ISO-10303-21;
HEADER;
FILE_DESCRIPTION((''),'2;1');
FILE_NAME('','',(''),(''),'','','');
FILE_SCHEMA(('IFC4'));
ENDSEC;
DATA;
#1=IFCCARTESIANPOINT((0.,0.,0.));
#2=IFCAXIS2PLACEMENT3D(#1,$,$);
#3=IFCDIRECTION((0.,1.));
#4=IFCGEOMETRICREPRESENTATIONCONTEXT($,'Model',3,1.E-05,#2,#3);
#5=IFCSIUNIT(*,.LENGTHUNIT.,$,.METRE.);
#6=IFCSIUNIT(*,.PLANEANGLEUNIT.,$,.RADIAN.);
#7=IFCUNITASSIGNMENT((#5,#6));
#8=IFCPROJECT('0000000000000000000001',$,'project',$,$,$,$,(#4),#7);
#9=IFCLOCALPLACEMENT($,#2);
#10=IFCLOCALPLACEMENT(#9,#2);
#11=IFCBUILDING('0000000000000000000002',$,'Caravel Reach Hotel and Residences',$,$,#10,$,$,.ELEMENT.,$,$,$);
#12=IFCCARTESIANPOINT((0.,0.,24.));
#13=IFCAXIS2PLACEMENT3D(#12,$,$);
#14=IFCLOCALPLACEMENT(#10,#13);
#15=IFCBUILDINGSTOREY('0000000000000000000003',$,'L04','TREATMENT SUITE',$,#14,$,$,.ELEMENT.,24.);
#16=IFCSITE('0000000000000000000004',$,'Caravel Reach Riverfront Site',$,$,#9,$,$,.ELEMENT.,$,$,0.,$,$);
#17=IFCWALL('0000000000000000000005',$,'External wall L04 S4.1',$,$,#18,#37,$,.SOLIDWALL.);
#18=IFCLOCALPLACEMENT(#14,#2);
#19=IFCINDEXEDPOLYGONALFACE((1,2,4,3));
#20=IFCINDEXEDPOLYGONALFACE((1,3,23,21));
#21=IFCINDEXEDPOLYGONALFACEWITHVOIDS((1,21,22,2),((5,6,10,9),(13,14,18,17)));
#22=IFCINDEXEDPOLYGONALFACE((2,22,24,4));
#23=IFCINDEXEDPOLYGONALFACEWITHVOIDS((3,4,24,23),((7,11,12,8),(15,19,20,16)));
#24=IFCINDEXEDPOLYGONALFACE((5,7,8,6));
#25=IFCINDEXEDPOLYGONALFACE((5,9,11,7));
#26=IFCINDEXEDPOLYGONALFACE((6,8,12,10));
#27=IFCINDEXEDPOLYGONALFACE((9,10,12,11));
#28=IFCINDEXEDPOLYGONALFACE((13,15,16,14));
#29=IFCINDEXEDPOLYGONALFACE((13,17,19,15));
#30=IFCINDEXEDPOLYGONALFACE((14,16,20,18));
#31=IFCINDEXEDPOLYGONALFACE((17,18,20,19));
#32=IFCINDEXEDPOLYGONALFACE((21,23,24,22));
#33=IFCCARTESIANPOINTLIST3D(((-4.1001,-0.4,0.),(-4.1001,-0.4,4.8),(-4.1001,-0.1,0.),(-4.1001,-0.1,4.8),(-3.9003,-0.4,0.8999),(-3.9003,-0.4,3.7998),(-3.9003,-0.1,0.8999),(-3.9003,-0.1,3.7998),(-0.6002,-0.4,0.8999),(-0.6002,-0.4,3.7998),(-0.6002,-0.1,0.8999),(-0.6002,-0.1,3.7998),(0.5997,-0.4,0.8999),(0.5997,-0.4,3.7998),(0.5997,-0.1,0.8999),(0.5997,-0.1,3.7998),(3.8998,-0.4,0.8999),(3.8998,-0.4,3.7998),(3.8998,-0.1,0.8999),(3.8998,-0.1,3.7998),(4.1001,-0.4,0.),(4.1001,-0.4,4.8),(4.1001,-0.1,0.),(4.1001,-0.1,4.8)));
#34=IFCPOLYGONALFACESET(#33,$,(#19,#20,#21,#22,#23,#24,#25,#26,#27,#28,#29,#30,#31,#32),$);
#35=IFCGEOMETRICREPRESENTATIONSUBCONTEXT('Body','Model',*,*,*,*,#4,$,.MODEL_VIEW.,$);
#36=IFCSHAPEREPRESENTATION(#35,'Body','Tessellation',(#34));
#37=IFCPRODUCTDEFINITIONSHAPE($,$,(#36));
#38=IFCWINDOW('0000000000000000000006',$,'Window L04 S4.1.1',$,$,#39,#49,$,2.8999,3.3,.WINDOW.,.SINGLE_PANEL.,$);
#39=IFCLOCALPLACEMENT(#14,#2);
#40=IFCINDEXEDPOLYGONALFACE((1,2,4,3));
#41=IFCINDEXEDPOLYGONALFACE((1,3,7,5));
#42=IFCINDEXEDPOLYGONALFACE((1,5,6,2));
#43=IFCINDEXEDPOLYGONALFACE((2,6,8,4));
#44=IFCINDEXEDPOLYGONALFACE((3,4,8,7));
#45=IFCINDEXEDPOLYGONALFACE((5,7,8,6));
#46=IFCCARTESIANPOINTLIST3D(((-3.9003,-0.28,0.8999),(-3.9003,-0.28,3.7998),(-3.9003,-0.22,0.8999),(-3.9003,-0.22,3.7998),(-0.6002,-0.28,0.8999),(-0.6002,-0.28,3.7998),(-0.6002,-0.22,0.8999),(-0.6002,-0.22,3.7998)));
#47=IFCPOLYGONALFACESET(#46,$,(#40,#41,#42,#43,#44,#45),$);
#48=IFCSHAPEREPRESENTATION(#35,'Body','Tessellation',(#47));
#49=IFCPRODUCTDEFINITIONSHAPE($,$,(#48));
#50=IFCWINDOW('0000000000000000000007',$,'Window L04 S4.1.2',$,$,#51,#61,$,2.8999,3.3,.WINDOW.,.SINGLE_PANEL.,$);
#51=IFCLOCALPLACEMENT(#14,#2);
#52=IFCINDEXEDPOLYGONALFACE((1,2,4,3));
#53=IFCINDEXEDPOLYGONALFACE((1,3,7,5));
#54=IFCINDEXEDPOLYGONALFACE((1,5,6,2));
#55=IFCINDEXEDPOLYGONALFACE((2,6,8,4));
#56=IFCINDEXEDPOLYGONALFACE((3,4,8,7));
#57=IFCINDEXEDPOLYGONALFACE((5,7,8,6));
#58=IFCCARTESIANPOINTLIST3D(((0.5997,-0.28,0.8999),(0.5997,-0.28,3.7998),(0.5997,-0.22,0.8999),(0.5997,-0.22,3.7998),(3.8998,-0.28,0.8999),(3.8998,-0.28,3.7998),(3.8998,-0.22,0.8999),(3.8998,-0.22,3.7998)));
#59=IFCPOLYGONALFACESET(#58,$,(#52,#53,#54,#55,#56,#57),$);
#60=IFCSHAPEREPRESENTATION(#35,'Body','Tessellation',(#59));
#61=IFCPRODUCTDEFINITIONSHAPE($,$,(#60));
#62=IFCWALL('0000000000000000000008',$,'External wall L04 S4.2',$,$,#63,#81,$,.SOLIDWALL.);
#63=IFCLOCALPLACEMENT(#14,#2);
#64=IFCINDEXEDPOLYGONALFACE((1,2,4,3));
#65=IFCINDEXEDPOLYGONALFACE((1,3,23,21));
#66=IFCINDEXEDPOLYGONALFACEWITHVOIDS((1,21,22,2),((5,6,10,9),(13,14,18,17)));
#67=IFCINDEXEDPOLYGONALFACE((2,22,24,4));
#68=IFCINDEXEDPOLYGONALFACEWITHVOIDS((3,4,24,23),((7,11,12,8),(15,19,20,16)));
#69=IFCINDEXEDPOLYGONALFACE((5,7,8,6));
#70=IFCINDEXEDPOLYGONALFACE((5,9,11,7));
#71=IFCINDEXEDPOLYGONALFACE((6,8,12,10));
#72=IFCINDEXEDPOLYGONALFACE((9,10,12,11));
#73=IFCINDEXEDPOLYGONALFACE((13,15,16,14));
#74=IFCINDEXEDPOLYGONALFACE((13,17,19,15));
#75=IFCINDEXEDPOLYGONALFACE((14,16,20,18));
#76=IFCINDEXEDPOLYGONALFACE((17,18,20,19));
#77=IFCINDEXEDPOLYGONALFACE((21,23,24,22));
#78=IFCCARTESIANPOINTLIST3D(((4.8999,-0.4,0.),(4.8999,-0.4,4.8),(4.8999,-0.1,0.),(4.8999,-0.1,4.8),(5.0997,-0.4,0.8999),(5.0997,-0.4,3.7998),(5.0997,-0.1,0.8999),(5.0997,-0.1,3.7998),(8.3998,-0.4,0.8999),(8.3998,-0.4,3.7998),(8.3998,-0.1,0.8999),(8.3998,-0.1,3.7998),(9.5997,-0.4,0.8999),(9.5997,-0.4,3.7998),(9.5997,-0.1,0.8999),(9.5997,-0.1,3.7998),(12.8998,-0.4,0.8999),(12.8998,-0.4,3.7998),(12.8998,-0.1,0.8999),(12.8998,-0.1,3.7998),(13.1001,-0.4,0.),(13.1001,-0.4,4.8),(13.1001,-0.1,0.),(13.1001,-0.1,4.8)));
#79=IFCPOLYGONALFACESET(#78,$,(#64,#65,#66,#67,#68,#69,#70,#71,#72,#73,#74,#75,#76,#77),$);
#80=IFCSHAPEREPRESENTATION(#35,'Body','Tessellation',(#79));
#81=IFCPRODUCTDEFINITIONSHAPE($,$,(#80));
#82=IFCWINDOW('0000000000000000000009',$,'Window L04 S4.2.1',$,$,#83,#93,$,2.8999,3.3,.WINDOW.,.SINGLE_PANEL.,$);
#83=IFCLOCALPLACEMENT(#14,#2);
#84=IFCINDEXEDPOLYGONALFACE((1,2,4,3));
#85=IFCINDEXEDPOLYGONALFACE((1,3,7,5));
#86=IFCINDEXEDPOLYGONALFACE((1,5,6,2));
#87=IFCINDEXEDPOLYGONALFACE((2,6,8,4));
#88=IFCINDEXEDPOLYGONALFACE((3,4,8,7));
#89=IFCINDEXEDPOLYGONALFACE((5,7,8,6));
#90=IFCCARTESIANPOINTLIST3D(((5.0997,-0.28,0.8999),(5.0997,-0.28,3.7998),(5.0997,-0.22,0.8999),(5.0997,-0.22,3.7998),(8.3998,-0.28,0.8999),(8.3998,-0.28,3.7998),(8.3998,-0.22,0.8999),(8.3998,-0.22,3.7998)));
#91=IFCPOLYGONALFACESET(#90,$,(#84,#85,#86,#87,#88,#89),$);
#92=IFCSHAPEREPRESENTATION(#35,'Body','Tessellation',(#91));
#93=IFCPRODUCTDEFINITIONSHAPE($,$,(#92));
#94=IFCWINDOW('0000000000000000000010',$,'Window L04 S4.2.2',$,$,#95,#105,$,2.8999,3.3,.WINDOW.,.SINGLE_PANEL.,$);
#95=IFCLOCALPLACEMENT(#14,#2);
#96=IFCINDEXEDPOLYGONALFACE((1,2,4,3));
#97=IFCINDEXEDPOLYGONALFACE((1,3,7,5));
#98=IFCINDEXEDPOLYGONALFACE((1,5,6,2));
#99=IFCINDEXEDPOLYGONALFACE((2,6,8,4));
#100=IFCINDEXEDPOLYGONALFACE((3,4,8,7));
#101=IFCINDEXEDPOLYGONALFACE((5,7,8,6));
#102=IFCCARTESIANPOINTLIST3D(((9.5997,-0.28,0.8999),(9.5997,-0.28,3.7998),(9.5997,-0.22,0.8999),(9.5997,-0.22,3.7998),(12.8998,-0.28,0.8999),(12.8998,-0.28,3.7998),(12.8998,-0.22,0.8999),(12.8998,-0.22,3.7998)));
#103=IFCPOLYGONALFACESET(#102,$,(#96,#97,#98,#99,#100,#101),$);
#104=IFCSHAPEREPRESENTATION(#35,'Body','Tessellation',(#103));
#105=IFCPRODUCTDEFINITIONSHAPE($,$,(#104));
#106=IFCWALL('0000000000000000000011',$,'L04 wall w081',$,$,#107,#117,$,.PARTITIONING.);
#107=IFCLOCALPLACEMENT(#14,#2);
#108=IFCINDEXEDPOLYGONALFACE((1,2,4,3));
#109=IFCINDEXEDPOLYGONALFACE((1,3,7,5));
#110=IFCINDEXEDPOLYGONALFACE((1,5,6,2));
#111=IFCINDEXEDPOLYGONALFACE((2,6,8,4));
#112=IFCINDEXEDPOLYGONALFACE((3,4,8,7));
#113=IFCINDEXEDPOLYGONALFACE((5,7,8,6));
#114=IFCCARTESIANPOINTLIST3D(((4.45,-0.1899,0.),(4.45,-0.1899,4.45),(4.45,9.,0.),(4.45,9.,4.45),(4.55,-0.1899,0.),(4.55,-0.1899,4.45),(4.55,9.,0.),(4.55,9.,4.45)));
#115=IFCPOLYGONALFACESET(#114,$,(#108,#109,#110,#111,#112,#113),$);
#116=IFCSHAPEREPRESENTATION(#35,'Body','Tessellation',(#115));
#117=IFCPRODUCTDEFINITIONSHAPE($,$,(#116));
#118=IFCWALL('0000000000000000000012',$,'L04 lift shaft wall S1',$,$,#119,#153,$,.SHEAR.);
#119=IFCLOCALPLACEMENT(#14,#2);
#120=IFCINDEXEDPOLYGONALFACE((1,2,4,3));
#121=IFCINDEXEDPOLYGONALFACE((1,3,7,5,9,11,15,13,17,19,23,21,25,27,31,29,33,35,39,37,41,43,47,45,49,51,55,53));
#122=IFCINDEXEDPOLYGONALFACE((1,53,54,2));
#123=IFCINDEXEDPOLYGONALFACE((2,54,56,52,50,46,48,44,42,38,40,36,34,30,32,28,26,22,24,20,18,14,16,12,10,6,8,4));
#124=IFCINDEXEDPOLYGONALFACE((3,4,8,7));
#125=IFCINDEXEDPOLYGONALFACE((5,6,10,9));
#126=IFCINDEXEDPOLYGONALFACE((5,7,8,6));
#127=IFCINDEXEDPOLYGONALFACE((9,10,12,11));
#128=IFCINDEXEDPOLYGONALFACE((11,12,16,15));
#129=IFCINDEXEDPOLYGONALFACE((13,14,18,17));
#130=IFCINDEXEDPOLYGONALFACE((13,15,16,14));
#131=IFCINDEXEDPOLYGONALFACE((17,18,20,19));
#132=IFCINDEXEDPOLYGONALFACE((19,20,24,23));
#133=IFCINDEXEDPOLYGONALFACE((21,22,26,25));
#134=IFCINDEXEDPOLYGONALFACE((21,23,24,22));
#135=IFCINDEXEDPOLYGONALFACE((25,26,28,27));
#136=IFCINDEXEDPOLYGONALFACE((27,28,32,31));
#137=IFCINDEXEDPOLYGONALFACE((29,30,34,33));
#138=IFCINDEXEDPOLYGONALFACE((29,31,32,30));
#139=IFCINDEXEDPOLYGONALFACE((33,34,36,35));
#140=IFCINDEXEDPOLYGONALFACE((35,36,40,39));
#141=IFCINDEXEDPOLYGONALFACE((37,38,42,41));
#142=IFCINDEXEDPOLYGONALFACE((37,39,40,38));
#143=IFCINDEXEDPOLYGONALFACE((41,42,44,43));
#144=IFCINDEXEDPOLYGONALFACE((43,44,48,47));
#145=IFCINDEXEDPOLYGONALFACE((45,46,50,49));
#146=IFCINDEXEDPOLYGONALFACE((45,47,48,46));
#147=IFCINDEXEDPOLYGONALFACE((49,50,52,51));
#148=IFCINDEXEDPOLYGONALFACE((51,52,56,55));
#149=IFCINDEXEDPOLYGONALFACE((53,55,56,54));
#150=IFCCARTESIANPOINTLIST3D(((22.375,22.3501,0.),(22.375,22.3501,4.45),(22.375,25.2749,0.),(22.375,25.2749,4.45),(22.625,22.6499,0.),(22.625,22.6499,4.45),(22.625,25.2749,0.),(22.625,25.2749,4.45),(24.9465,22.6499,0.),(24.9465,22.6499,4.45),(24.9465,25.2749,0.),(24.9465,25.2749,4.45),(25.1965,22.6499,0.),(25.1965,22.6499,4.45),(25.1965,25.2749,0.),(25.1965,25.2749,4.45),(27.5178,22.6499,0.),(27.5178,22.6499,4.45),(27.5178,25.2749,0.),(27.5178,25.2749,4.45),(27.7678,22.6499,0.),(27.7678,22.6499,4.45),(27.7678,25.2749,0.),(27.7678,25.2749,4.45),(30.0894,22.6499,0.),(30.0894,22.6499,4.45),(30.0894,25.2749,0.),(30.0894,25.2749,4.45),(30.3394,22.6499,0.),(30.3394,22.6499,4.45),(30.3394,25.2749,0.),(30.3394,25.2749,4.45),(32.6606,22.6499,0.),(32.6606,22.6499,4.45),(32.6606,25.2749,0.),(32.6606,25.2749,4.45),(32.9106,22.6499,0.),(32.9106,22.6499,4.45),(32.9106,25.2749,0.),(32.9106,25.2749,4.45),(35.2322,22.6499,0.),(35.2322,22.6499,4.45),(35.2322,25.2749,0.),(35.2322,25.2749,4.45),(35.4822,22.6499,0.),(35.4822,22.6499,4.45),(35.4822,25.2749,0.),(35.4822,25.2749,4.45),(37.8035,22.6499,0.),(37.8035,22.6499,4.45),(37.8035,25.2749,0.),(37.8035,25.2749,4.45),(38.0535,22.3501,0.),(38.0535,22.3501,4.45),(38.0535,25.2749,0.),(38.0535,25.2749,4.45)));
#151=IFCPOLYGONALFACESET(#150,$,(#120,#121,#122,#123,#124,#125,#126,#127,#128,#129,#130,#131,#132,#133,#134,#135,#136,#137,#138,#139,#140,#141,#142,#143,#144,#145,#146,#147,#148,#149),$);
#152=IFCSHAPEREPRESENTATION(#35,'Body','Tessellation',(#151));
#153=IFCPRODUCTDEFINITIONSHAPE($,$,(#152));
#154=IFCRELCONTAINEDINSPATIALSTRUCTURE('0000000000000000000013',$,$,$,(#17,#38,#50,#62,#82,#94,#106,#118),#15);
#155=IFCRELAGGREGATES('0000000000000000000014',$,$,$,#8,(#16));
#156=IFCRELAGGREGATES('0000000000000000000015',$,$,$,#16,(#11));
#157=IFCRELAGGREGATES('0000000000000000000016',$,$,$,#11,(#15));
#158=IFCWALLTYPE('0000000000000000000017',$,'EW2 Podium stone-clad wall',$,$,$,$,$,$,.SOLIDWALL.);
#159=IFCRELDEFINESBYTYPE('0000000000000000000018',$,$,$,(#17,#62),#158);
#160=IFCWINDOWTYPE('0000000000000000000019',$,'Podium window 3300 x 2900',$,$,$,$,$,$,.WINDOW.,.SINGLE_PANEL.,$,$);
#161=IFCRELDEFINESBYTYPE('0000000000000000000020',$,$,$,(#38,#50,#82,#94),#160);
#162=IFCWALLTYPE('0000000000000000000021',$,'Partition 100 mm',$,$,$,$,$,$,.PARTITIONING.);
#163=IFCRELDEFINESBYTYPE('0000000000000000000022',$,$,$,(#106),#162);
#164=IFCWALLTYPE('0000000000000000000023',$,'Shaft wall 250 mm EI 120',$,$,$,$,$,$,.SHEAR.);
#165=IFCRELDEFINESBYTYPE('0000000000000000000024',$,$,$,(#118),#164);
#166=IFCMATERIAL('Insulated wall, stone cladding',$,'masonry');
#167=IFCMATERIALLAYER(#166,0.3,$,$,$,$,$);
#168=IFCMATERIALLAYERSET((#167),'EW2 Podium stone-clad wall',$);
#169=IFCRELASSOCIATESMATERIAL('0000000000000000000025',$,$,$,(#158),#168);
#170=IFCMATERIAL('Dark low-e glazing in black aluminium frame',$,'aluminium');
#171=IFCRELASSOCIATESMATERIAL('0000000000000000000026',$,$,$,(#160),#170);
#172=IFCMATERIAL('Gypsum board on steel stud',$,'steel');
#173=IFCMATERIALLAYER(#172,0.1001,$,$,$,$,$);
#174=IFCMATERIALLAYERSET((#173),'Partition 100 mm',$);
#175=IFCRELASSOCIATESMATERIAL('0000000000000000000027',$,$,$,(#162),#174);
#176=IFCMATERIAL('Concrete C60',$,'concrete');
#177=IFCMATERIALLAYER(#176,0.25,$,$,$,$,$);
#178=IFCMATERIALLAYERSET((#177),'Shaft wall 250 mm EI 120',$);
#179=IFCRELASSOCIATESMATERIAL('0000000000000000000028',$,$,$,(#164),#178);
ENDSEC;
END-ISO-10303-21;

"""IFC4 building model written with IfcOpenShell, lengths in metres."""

from ifc_helpers import new_model, si_unit, direction, frame, frame_2d, origin, place, context, subcontext, project, spatial, polyline, rectangle, outline, extrude, material, layer, layer_set, type_object, element, fill, save


model = new_model("IFC4")

# Units and contexts
model_context = context("Model", 3, precision=1e-05, world=origin(), true_north=direction((0.0, 1.0)))
body_context = subcontext(model_context, "Body", "Model", "MODEL_VIEW")
ifc_project = project(units=[si_unit("LENGTHUNIT", "METRE"), si_unit("PLANEANGLEUNIT", "RADIAN")], contexts=[model_context])

# Site, building, storey
site_placement = place(None, origin())
site = spatial("IfcSite", under=ifc_project, at=site_placement, Name="Caravel Reach Riverfront Site", CompositionType="ELEMENT", RefElevation=0.0)
building_placement = place(site_placement, origin())
building = spatial("IfcBuilding", under=site, at=building_placement, Name="Caravel Reach Hotel and Residences", CompositionType="ELEMENT")
storey_placement = place(building_placement, frame((0.0, 0.0, 24.0)))
storey = spatial("IfcBuildingStorey", under=building, at=storey_placement, Name="L04", Description="TREATMENT SUITE", CompositionType="ELEMENT", Elevation=24.0)

# Walls, openings, windows
ifc_material_1 = material(Name="Insulated wall, stone cladding", Category="masonry")
ifc_layer_1 = layer(ifc_material_1, 0.3)
ifc_layer_set_1 = layer_set([ifc_layer_1], Name="EW2 Podium stone-clad wall")
wall_type_1 = type_object("IfcWallType", Name="EW2 Podium stone-clad wall", PredefinedType="SOLIDWALL", material=ifc_layer_set_1)
ifc_material_2 = material(Name="Dark low-e glazing in black aluminium frame", Category="aluminium")
window_type = type_object("IfcWindowType", Name="Podium window 3300 x 2900", PartitioningType="SINGLE_PANEL", PredefinedType="WINDOW", material=ifc_material_2)
wall_1_placement = place(storey_placement, frame((-4.1001, -0.25, 0.0), z_axis=(0.0, 0.0, 1.0), x_axis=(1.0, 0.0, 0.0)))
wall_1 = element("IfcWall", 1, at=wall_1_placement, inside=storey, type_object=wall_type_1, Name="External wall L04 S4.1", PredefinedType="SOLIDWALL", context=body_context, shape_type="SweptSolid", body=[
    extrude(rectangle(XDim=8.2002, YDim=0.3, at=frame_2d((4.1001, 0.0))), origin(), (0.0, 0.0, 1.0), 4.8),
])
opening_1_placement = place(wall_1_placement, frame((0.2, 0.0, 0.8999)))
opening_1 = element("IfcOpeningElement", 2, at=opening_1_placement, cuts=wall_1, PredefinedType="OPENING", context=body_context, shape_type="SweptSolid", body=[
    extrude(rectangle(XDim=3.3, YDim=2.8999, at=frame_2d((1.6499, 1.45))), frame((0.0, 0.1599, 0.0), z_axis=(0.0, -1.0, 0.0), x_axis=(1.0, 0.0, 0.0)), (0.0, 0.0, 1.0), 0.3201),
])
opening_2_placement = place(wall_1_placement, frame((4.7, 0.0, 0.8999)))
opening_2 = element("IfcOpeningElement", 3, at=opening_2_placement, cuts=wall_1, PredefinedType="OPENING", context=body_context, shape_type="SweptSolid", body=[
    extrude(rectangle(XDim=3.3, YDim=2.8999, at=frame_2d((1.6499, 1.45))), frame((0.0, 0.1599, 0.0), z_axis=(0.0, -1.0, 0.0), x_axis=(1.0, 0.0, 0.0)), (0.0, 0.0, 1.0), 0.3201),
])
window_1_placement = place(opening_1_placement, origin())
window_1 = element("IfcWindow", 4, at=window_1_placement, inside=storey, type_object=window_type, Name="Window L04 S4.1.1", OverallHeight=2.8999, OverallWidth=3.3, PartitioningType="SINGLE_PANEL", PredefinedType="WINDOW", context=body_context, shape_type="SweptSolid", body=[
    extrude(rectangle(XDim=3.3, YDim=2.8999, at=frame_2d((1.6499, 1.45))), frame((0.0, 0.03, 0.0), z_axis=(0.0, -1.0, 0.0), x_axis=(1.0, 0.0, 0.0)), (0.0, 0.0, 1.0), 0.0601),
])
fill(opening_1, window_1)
window_2_placement = place(opening_2_placement, origin())
window_2 = element("IfcWindow", 5, at=window_2_placement, inside=storey, type_object=window_type, Name="Window L04 S4.1.2", OverallHeight=2.8999, OverallWidth=3.3, PartitioningType="SINGLE_PANEL", PredefinedType="WINDOW", context=body_context, shape_type="SweptSolid", body=[
    extrude(rectangle(XDim=3.3, YDim=2.8999, at=frame_2d((1.6499, 1.45))), frame((0.0, 0.03, 0.0), z_axis=(0.0, -1.0, 0.0), x_axis=(1.0, 0.0, 0.0)), (0.0, 0.0, 1.0), 0.0601),
])
fill(opening_2, window_2)
wall_2_placement = place(storey_placement, frame((4.8999, -0.25, 0.0), z_axis=(0.0, 0.0, 1.0), x_axis=(1.0, 0.0, 0.0)))
wall_2 = element("IfcWall", 6, at=wall_2_placement, inside=storey, type_object=wall_type_1, Name="External wall L04 S4.2", PredefinedType="SOLIDWALL", context=body_context, shape_type="SweptSolid", body=[
    extrude(rectangle(XDim=8.2002, YDim=0.3, at=frame_2d((4.1001, 0.0))), origin(), (0.0, 0.0, 1.0), 4.8),
])
opening_3_placement = place(wall_2_placement, frame((0.2, 0.0, 0.8999)))
opening_3 = element("IfcOpeningElement", 7, at=opening_3_placement, cuts=wall_2, PredefinedType="OPENING", context=body_context, shape_type="SweptSolid", body=[
    extrude(rectangle(XDim=3.3, YDim=2.8999, at=frame_2d((1.6499, 1.45))), frame((0.0, 0.1599, 0.0), z_axis=(0.0, -1.0, 0.0), x_axis=(1.0, 0.0, 0.0)), (0.0, 0.0, 1.0), 0.3201),
])
opening_4_placement = place(wall_2_placement, frame((4.7, 0.0, 0.8999)))
opening_4 = element("IfcOpeningElement", 8, at=opening_4_placement, cuts=wall_2, PredefinedType="OPENING", context=body_context, shape_type="SweptSolid", body=[
    extrude(rectangle(XDim=3.3, YDim=2.8999, at=frame_2d((1.6499, 1.45))), frame((0.0, 0.1599, 0.0), z_axis=(0.0, -1.0, 0.0), x_axis=(1.0, 0.0, 0.0)), (0.0, 0.0, 1.0), 0.3201),
])
window_3_placement = place(opening_3_placement, origin())
window_3 = element("IfcWindow", 9, at=window_3_placement, inside=storey, type_object=window_type, Name="Window L04 S4.2.1", OverallHeight=2.8999, OverallWidth=3.3, PartitioningType="SINGLE_PANEL", PredefinedType="WINDOW", context=body_context, shape_type="SweptSolid", body=[
    extrude(rectangle(XDim=3.3, YDim=2.8999, at=frame_2d((1.6499, 1.45))), frame((0.0, 0.03, 0.0), z_axis=(0.0, -1.0, 0.0), x_axis=(1.0, 0.0, 0.0)), (0.0, 0.0, 1.0), 0.0601),
])
fill(opening_3, window_3)
window_4_placement = place(opening_4_placement, origin())
window_4 = element("IfcWindow", 10, at=window_4_placement, inside=storey, type_object=window_type, Name="Window L04 S4.2.2", OverallHeight=2.8999, OverallWidth=3.3, PartitioningType="SINGLE_PANEL", PredefinedType="WINDOW", context=body_context, shape_type="SweptSolid", body=[
    extrude(rectangle(XDim=3.3, YDim=2.8999, at=frame_2d((1.6499, 1.45))), frame((0.0, 0.03, 0.0), z_axis=(0.0, -1.0, 0.0), x_axis=(1.0, 0.0, 0.0)), (0.0, 0.0, 1.0), 0.0601),
])
fill(opening_4, window_4)

# Walls
ifc_material_3 = material(Name="Gypsum board on steel stud", Category="steel")
ifc_layer_2 = layer(ifc_material_3, 0.1001)
ifc_layer_set_2 = layer_set([ifc_layer_2], Name="Partition 100 mm")
wall_type_2 = type_object("IfcWallType", Name="Partition 100 mm", PredefinedType="PARTITIONING", material=ifc_layer_set_2)
wall_3_placement = place(storey_placement, frame((4.5, -0.1899, 0.0), z_axis=(0.0, 0.0, 1.0), x_axis=(0.0, 1.0, 0.0)))
element("IfcWall", 11, at=wall_3_placement, inside=storey, type_object=wall_type_2, Name="L04 wall w081", PredefinedType="PARTITIONING", context=body_context, shape_type="SweptSolid", body=[
    extrude(rectangle(XDim=9.1899, YDim=0.1001, at=frame_2d((4.595, 0.0))), origin(), (0.0, 0.0, 1.0), 4.45),
])
ifc_material_4 = material(Name="Concrete C60", Category="concrete")
ifc_layer_3 = layer(ifc_material_4, 0.25)
ifc_layer_set_3 = layer_set([ifc_layer_3], Name="Shaft wall 250 mm EI 120")
wall_type_3 = type_object("IfcWallType", Name="Shaft wall 250 mm EI 120", PredefinedType="SHEAR", material=ifc_layer_set_3)
wall_4_placement = place(storey_placement, origin())
element("IfcWall", 12, at=wall_4_placement, inside=storey, type_object=wall_type_3, Name="L04 lift shaft wall S1", PredefinedType="SHEAR", context=body_context, shape_type="SweptSolid", body=[
    extrude(outline(polyline([(22.375, 22.3501), (38.0535, 22.3501), (38.0535, 25.2749), (37.8035, 25.2749), (37.8035, 22.6499), (35.4822, 22.6499), (35.4822, 25.2749), (35.2322, 25.2749), (35.2322, 22.6499), (32.9106, 22.6499), (32.9106, 25.2749), (32.6606, 25.2749), (32.6606, 22.6499), (30.3394, 22.6499), (30.3394, 25.2749), (30.0894, 25.2749), (30.0894, 22.6499), (27.7678, 22.6499), (27.7678, 25.2749), (27.5178, 25.2749), (27.5178, 22.6499), (25.1965, 22.6499), (25.1965, 25.2749), (24.9465, 25.2749), (24.9465, 22.6499), (22.625, 22.6499), (22.625, 25.2749), (22.375, 25.2749), (22.375, 22.3501)])), origin(), (0.0, 0.0, 1.0), 4.45),
])

save(model, "model.ifc")
